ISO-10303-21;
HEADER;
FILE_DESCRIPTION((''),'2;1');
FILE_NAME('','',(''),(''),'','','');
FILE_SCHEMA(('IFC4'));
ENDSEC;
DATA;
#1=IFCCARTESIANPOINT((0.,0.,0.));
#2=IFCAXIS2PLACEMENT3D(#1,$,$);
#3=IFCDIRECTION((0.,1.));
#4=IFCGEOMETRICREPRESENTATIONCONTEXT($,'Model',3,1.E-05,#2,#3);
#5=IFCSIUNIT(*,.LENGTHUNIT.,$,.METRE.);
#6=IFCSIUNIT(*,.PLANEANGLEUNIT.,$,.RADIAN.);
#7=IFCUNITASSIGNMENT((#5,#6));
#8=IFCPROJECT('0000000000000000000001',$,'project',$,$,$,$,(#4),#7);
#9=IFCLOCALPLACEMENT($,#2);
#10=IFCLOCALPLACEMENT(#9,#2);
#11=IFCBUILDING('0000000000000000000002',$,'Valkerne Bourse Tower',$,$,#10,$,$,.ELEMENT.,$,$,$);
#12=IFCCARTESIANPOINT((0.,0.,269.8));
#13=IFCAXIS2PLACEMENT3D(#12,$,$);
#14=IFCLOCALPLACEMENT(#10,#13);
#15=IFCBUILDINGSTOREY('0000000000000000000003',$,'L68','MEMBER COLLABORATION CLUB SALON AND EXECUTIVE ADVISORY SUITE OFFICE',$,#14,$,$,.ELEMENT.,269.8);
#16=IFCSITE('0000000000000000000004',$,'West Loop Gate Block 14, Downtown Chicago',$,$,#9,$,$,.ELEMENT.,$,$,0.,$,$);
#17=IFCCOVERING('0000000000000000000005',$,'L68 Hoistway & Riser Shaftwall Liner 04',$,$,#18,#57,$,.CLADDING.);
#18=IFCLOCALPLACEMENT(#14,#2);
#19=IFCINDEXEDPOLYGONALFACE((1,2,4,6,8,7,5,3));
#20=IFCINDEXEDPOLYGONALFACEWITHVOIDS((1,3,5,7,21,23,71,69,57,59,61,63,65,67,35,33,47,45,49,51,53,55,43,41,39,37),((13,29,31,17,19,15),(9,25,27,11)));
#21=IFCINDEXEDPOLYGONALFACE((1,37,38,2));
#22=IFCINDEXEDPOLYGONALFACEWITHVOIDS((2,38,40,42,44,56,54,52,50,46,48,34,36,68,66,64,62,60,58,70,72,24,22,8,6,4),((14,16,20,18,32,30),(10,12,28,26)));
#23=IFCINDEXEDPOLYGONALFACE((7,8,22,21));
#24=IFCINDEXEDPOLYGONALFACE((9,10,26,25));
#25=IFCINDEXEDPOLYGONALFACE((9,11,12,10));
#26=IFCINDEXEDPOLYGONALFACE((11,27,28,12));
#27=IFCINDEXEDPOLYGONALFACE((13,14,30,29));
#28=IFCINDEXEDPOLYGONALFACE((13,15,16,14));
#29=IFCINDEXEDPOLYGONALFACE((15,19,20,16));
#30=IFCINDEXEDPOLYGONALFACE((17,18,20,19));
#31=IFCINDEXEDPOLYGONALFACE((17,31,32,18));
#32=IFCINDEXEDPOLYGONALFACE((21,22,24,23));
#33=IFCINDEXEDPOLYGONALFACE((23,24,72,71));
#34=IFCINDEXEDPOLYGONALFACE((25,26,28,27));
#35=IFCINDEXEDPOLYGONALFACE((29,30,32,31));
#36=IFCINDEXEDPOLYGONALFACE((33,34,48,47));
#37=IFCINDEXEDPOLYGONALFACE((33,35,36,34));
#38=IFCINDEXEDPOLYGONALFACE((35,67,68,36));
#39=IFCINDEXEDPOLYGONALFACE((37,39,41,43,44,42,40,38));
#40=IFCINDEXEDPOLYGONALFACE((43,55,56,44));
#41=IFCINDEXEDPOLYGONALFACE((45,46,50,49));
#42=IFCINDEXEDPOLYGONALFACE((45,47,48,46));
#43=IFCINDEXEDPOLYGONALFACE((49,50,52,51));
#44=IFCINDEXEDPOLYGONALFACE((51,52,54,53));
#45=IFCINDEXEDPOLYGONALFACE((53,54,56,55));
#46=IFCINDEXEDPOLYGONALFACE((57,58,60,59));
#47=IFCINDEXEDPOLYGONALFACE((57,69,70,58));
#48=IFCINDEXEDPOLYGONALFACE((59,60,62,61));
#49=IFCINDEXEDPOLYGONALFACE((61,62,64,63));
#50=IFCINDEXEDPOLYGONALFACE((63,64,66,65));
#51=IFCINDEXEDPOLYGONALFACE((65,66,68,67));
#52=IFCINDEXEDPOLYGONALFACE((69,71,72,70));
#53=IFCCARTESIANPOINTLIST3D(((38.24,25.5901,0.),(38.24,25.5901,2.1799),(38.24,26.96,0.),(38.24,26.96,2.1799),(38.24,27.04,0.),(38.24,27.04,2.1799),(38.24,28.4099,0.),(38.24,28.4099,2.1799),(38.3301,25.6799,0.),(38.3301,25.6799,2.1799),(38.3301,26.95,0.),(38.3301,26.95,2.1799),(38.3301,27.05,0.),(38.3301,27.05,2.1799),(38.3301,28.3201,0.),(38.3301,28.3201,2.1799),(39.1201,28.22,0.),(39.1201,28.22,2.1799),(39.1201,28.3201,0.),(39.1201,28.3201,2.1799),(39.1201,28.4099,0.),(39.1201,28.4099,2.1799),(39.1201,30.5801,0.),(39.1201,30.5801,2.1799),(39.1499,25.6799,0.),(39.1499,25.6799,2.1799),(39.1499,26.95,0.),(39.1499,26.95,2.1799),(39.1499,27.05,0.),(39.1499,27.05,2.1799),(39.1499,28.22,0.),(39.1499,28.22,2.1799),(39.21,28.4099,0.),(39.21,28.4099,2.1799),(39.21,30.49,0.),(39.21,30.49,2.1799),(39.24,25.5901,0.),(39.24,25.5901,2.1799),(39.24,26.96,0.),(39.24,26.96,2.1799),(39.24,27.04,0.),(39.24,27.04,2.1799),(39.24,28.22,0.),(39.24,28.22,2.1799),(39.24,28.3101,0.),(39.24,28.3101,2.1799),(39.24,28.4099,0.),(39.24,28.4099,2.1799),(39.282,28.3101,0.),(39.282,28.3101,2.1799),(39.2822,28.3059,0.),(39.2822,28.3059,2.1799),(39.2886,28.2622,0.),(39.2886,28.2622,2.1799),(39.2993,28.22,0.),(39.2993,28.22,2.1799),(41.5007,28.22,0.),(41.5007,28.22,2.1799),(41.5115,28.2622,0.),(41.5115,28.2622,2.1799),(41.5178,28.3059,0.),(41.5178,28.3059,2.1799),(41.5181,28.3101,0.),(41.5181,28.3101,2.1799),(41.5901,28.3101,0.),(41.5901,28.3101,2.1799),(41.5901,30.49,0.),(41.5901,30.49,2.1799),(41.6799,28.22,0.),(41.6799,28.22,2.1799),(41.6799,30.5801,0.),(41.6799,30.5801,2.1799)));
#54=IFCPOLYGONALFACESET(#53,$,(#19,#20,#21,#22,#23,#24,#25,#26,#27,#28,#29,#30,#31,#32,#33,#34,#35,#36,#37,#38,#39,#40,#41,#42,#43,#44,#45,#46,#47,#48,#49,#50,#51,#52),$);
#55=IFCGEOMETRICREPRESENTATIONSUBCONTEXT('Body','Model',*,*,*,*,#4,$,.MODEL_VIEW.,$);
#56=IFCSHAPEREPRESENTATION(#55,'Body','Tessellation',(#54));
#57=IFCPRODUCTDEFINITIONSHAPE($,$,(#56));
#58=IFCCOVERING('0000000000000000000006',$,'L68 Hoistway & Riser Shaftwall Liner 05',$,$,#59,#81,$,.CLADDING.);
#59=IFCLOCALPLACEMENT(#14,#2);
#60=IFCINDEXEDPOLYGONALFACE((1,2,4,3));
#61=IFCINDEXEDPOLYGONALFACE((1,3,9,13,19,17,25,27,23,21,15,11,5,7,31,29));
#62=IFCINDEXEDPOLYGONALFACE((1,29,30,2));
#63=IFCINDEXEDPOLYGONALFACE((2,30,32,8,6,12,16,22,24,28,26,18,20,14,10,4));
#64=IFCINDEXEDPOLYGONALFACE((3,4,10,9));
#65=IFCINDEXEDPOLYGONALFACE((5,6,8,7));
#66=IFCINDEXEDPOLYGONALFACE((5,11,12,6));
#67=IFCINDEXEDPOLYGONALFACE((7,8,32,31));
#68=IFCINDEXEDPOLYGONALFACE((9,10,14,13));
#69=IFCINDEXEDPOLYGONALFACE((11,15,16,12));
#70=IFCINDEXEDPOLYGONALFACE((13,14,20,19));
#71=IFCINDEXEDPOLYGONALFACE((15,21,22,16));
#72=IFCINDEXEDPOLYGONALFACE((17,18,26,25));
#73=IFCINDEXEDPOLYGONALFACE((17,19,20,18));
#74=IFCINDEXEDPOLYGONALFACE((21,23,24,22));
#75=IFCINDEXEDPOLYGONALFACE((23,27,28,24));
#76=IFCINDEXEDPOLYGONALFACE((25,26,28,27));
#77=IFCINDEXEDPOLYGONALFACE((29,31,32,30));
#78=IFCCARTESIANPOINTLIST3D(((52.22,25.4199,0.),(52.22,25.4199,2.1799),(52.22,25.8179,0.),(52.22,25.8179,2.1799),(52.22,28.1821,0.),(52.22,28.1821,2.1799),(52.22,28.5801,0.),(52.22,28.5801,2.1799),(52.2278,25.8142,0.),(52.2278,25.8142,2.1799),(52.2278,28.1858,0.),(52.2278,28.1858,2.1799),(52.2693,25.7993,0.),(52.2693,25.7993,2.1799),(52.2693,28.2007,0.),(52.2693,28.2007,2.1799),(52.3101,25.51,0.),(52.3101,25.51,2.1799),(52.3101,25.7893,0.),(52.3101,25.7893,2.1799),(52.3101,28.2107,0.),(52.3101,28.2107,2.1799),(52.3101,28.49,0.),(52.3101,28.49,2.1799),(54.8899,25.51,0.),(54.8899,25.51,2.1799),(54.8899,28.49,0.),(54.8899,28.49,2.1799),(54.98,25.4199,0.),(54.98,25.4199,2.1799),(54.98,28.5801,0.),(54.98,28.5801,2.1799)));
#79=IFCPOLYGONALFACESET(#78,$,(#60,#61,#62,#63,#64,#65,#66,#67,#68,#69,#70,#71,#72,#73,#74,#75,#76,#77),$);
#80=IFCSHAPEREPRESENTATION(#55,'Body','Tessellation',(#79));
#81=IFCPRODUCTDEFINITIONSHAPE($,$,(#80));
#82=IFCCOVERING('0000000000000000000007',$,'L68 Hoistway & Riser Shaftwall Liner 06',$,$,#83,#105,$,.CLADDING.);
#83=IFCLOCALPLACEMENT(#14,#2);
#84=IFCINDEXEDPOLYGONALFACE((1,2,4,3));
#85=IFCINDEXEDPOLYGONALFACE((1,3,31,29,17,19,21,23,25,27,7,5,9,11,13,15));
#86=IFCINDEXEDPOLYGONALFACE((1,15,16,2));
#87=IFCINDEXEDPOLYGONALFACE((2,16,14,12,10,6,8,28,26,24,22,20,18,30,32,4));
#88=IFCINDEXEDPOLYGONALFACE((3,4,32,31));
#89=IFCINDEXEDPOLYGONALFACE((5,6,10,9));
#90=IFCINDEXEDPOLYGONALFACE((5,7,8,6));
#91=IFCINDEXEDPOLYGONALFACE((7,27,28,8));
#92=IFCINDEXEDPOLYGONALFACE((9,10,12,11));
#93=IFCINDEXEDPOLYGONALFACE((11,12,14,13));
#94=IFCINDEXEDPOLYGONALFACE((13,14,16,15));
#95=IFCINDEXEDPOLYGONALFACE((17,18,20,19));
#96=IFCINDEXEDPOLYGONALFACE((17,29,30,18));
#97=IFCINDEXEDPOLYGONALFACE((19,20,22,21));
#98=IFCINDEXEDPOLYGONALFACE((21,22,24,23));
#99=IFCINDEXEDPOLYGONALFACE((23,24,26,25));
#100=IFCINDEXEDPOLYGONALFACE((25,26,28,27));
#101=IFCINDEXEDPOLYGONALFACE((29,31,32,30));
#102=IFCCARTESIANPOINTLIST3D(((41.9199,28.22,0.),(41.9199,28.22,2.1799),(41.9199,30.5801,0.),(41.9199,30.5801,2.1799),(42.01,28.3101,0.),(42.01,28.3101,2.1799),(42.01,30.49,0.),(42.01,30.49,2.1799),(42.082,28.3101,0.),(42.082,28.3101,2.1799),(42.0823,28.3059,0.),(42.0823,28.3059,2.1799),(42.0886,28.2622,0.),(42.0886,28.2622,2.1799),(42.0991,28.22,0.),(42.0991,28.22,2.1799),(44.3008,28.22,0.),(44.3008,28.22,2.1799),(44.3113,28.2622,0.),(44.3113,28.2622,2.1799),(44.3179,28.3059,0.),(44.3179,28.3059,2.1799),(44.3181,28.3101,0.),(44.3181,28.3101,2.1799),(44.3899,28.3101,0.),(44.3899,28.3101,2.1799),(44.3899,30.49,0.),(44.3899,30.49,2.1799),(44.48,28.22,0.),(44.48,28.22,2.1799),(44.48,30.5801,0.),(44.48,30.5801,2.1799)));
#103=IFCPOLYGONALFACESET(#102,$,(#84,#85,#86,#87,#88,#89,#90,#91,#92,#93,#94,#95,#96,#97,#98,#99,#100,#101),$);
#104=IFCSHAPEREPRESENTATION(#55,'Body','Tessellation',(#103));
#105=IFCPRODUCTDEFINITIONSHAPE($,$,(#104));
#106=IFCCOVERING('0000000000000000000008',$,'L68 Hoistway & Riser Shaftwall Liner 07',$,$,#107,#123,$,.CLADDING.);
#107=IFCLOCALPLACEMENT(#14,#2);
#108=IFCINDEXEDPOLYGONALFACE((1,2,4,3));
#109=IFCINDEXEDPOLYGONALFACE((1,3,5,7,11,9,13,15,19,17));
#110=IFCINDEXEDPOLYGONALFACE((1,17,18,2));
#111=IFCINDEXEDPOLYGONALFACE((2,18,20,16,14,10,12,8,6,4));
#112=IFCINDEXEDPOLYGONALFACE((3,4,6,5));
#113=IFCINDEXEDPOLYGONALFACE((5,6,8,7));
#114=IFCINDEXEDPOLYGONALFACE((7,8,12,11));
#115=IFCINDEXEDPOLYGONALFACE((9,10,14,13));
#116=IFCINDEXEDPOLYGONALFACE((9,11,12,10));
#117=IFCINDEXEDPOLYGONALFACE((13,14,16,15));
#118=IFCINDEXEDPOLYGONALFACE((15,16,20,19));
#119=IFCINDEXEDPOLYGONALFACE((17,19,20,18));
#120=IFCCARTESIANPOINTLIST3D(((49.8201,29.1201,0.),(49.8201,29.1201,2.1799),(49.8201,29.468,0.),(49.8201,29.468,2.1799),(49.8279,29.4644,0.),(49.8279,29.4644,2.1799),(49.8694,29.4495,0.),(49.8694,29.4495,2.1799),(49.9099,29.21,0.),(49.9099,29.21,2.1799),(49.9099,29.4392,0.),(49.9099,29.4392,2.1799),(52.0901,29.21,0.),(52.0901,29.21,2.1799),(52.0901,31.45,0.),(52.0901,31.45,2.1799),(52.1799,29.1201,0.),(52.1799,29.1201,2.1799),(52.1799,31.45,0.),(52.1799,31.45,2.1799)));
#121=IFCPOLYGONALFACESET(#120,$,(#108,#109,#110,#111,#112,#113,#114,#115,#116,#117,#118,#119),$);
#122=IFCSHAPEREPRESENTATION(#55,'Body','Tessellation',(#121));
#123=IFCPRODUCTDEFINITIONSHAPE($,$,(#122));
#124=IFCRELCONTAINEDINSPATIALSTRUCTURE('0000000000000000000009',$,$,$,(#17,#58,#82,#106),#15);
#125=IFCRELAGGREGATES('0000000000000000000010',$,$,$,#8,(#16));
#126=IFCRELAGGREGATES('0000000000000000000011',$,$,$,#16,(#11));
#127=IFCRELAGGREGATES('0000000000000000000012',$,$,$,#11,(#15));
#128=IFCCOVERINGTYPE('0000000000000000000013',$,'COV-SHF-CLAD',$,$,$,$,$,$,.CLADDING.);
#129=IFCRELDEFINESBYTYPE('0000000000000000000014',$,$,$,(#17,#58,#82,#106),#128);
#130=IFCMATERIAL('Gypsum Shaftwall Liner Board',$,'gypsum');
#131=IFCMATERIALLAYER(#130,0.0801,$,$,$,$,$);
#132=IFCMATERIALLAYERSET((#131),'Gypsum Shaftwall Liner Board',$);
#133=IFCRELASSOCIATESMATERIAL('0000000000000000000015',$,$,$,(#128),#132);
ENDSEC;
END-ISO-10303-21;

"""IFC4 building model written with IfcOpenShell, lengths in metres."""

from ifc_helpers import new_model, si_unit, direction, frame, origin, place, context, subcontext, project, spatial, polyline, outline, extrude, material, layer, layer_set, type_object, element, save


model = new_model("IFC4")

# Units and contexts
model_context = context("Model", 3, precision=1e-05, world=origin(), true_north=direction((0.0, 1.0)))
body_context = subcontext(model_context, "Body", "Model", "MODEL_VIEW")
ifc_project = project(units=[si_unit("LENGTHUNIT", "METRE"), si_unit("PLANEANGLEUNIT", "RADIAN")], contexts=[model_context])

# Site, building, storey
site_placement = place(None, origin())
site = spatial("IfcSite", under=ifc_project, at=site_placement, Name="West Loop Gate Block 14, Downtown Chicago", CompositionType="ELEMENT", RefElevation=0.0)
building_placement = place(site_placement, origin())
building = spatial("IfcBuilding", under=site, at=building_placement, Name="Valkerne Bourse Tower", CompositionType="ELEMENT")
storey_placement = place(building_placement, frame((0.0, 0.0, 269.8)))
storey = spatial("IfcBuildingStorey", under=building, at=storey_placement, Name="L68", Description="MEMBER COLLABORATION CLUB SALON AND EXECUTIVE ADVISORY SUITE OFFICE", CompositionType="ELEMENT", Elevation=269.8)

# Coverings
ifc_material_1 = material(Name="Gypsum Shaftwall Liner Board", Category="gypsum")
ifc_layer_1 = layer(ifc_material_1, 0.0801)
ifc_layer_set_1 = layer_set([ifc_layer_1], Name="Gypsum Shaftwall Liner Board")
covering_type_1 = type_object("IfcCoveringType", Name="COV-SHF-CLAD", PredefinedType="CLADDING", material=ifc_layer_set_1)
covering_1_placement = place(storey_placement, origin())
element("IfcCovering", 1, at=covering_1_placement, inside=storey, type_object=covering_type_1, Name="L68 Hoistway & Riser Shaftwall Liner 04", PredefinedType="CLADDING", context=body_context, shape_type="SweptSolid", body=[
    extrude(outline(polyline([(38.24, 27.04), (38.24, 28.4099), (39.1201, 28.4099), (39.1201, 30.5801), (41.6799, 30.5801), (41.6799, 28.22), (41.5007, 28.22), (41.5115, 28.2622), (41.5178, 28.3059), (41.5181, 28.3101), (41.5901, 28.3101), (41.5901, 30.49), (39.21, 30.49), (39.21, 28.4099), (39.24, 28.4099), (39.24, 28.3101), (39.282, 28.3101), (39.2822, 28.3059), (39.2886, 28.2622), (39.2993, 28.22), (39.24, 28.22), (39.24, 27.04), (39.24, 26.96), (39.24, 25.5901), (38.24, 25.5901), (38.24, 26.96), (38.24, 27.04)]), holes=[polyline([(39.1499, 26.95), (38.3301, 26.95), (38.3301, 25.6799), (39.1499, 25.6799), (39.1499, 26.95)]), polyline([(39.1499, 28.22), (39.1201, 28.22), (39.1201, 28.3201), (38.3301, 28.3201), (38.3301, 27.05), (39.1499, 27.05), (39.1499, 28.22)])]), origin(), (0.0, 0.0, 1.0), 2.1799),
])
covering_2_placement = place(storey_placement, origin())
element("IfcCovering", 2, at=covering_2_placement, inside=storey, type_object=covering_type_1, Name="L68 Hoistway & Riser Shaftwall Liner 05", PredefinedType="CLADDING", context=body_context, shape_type="SweptSolid", body=[
    extrude(outline(polyline([(54.98, 28.5801), (54.98, 25.4199), (52.22, 25.4199), (52.22, 25.8179), (52.2278, 25.8142), (52.2693, 25.7993), (52.3101, 25.7893), (52.3101, 25.51), (54.8899, 25.51), (54.8899, 28.49), (52.3101, 28.49), (52.3101, 28.2107), (52.2693, 28.2007), (52.2278, 28.1858), (52.22, 28.1821), (52.22, 28.5801), (54.98, 28.5801)])), origin(), (0.0, 0.0, 1.0), 2.1799),
])
covering_3_placement = place(storey_placement, origin())
element("IfcCovering", 3, at=covering_3_placement, inside=storey, type_object=covering_type_1, Name="L68 Hoistway & Riser Shaftwall Liner 06", PredefinedType="CLADDING", context=body_context, shape_type="SweptSolid", body=[
    extrude(outline(polyline([(44.48, 28.22), (44.3008, 28.22), (44.3113, 28.2622), (44.3179, 28.3059), (44.3181, 28.3101), (44.3899, 28.3101), (44.3899, 30.49), (42.01, 30.49), (42.01, 28.3101), (42.082, 28.3101), (42.0823, 28.3059), (42.0886, 28.2622), (42.0991, 28.22), (41.9199, 28.22), (41.9199, 30.5801), (44.48, 30.5801), (44.48, 28.22)])), origin(), (0.0, 0.0, 1.0), 2.1799),
])
covering_4_placement = place(storey_placement, origin())
element("IfcCovering", 4, at=covering_4_placement, inside=storey, type_object=covering_type_1, Name="L68 Hoistway & Riser Shaftwall Liner 07", PredefinedType="CLADDING", context=body_context, shape_type="SweptSolid", body=[
    extrude(outline(polyline([(49.8201, 29.1201), (49.8201, 29.468), (49.8279, 29.4644), (49.8694, 29.4495), (49.9099, 29.4392), (49.9099, 29.21), (52.0901, 29.21), (52.0901, 31.45), (52.1799, 31.45), (52.1799, 29.1201), (49.8201, 29.1201)])), origin(), (0.0, 0.0, 1.0), 2.1799),
])

save(model, "model.ifc")
